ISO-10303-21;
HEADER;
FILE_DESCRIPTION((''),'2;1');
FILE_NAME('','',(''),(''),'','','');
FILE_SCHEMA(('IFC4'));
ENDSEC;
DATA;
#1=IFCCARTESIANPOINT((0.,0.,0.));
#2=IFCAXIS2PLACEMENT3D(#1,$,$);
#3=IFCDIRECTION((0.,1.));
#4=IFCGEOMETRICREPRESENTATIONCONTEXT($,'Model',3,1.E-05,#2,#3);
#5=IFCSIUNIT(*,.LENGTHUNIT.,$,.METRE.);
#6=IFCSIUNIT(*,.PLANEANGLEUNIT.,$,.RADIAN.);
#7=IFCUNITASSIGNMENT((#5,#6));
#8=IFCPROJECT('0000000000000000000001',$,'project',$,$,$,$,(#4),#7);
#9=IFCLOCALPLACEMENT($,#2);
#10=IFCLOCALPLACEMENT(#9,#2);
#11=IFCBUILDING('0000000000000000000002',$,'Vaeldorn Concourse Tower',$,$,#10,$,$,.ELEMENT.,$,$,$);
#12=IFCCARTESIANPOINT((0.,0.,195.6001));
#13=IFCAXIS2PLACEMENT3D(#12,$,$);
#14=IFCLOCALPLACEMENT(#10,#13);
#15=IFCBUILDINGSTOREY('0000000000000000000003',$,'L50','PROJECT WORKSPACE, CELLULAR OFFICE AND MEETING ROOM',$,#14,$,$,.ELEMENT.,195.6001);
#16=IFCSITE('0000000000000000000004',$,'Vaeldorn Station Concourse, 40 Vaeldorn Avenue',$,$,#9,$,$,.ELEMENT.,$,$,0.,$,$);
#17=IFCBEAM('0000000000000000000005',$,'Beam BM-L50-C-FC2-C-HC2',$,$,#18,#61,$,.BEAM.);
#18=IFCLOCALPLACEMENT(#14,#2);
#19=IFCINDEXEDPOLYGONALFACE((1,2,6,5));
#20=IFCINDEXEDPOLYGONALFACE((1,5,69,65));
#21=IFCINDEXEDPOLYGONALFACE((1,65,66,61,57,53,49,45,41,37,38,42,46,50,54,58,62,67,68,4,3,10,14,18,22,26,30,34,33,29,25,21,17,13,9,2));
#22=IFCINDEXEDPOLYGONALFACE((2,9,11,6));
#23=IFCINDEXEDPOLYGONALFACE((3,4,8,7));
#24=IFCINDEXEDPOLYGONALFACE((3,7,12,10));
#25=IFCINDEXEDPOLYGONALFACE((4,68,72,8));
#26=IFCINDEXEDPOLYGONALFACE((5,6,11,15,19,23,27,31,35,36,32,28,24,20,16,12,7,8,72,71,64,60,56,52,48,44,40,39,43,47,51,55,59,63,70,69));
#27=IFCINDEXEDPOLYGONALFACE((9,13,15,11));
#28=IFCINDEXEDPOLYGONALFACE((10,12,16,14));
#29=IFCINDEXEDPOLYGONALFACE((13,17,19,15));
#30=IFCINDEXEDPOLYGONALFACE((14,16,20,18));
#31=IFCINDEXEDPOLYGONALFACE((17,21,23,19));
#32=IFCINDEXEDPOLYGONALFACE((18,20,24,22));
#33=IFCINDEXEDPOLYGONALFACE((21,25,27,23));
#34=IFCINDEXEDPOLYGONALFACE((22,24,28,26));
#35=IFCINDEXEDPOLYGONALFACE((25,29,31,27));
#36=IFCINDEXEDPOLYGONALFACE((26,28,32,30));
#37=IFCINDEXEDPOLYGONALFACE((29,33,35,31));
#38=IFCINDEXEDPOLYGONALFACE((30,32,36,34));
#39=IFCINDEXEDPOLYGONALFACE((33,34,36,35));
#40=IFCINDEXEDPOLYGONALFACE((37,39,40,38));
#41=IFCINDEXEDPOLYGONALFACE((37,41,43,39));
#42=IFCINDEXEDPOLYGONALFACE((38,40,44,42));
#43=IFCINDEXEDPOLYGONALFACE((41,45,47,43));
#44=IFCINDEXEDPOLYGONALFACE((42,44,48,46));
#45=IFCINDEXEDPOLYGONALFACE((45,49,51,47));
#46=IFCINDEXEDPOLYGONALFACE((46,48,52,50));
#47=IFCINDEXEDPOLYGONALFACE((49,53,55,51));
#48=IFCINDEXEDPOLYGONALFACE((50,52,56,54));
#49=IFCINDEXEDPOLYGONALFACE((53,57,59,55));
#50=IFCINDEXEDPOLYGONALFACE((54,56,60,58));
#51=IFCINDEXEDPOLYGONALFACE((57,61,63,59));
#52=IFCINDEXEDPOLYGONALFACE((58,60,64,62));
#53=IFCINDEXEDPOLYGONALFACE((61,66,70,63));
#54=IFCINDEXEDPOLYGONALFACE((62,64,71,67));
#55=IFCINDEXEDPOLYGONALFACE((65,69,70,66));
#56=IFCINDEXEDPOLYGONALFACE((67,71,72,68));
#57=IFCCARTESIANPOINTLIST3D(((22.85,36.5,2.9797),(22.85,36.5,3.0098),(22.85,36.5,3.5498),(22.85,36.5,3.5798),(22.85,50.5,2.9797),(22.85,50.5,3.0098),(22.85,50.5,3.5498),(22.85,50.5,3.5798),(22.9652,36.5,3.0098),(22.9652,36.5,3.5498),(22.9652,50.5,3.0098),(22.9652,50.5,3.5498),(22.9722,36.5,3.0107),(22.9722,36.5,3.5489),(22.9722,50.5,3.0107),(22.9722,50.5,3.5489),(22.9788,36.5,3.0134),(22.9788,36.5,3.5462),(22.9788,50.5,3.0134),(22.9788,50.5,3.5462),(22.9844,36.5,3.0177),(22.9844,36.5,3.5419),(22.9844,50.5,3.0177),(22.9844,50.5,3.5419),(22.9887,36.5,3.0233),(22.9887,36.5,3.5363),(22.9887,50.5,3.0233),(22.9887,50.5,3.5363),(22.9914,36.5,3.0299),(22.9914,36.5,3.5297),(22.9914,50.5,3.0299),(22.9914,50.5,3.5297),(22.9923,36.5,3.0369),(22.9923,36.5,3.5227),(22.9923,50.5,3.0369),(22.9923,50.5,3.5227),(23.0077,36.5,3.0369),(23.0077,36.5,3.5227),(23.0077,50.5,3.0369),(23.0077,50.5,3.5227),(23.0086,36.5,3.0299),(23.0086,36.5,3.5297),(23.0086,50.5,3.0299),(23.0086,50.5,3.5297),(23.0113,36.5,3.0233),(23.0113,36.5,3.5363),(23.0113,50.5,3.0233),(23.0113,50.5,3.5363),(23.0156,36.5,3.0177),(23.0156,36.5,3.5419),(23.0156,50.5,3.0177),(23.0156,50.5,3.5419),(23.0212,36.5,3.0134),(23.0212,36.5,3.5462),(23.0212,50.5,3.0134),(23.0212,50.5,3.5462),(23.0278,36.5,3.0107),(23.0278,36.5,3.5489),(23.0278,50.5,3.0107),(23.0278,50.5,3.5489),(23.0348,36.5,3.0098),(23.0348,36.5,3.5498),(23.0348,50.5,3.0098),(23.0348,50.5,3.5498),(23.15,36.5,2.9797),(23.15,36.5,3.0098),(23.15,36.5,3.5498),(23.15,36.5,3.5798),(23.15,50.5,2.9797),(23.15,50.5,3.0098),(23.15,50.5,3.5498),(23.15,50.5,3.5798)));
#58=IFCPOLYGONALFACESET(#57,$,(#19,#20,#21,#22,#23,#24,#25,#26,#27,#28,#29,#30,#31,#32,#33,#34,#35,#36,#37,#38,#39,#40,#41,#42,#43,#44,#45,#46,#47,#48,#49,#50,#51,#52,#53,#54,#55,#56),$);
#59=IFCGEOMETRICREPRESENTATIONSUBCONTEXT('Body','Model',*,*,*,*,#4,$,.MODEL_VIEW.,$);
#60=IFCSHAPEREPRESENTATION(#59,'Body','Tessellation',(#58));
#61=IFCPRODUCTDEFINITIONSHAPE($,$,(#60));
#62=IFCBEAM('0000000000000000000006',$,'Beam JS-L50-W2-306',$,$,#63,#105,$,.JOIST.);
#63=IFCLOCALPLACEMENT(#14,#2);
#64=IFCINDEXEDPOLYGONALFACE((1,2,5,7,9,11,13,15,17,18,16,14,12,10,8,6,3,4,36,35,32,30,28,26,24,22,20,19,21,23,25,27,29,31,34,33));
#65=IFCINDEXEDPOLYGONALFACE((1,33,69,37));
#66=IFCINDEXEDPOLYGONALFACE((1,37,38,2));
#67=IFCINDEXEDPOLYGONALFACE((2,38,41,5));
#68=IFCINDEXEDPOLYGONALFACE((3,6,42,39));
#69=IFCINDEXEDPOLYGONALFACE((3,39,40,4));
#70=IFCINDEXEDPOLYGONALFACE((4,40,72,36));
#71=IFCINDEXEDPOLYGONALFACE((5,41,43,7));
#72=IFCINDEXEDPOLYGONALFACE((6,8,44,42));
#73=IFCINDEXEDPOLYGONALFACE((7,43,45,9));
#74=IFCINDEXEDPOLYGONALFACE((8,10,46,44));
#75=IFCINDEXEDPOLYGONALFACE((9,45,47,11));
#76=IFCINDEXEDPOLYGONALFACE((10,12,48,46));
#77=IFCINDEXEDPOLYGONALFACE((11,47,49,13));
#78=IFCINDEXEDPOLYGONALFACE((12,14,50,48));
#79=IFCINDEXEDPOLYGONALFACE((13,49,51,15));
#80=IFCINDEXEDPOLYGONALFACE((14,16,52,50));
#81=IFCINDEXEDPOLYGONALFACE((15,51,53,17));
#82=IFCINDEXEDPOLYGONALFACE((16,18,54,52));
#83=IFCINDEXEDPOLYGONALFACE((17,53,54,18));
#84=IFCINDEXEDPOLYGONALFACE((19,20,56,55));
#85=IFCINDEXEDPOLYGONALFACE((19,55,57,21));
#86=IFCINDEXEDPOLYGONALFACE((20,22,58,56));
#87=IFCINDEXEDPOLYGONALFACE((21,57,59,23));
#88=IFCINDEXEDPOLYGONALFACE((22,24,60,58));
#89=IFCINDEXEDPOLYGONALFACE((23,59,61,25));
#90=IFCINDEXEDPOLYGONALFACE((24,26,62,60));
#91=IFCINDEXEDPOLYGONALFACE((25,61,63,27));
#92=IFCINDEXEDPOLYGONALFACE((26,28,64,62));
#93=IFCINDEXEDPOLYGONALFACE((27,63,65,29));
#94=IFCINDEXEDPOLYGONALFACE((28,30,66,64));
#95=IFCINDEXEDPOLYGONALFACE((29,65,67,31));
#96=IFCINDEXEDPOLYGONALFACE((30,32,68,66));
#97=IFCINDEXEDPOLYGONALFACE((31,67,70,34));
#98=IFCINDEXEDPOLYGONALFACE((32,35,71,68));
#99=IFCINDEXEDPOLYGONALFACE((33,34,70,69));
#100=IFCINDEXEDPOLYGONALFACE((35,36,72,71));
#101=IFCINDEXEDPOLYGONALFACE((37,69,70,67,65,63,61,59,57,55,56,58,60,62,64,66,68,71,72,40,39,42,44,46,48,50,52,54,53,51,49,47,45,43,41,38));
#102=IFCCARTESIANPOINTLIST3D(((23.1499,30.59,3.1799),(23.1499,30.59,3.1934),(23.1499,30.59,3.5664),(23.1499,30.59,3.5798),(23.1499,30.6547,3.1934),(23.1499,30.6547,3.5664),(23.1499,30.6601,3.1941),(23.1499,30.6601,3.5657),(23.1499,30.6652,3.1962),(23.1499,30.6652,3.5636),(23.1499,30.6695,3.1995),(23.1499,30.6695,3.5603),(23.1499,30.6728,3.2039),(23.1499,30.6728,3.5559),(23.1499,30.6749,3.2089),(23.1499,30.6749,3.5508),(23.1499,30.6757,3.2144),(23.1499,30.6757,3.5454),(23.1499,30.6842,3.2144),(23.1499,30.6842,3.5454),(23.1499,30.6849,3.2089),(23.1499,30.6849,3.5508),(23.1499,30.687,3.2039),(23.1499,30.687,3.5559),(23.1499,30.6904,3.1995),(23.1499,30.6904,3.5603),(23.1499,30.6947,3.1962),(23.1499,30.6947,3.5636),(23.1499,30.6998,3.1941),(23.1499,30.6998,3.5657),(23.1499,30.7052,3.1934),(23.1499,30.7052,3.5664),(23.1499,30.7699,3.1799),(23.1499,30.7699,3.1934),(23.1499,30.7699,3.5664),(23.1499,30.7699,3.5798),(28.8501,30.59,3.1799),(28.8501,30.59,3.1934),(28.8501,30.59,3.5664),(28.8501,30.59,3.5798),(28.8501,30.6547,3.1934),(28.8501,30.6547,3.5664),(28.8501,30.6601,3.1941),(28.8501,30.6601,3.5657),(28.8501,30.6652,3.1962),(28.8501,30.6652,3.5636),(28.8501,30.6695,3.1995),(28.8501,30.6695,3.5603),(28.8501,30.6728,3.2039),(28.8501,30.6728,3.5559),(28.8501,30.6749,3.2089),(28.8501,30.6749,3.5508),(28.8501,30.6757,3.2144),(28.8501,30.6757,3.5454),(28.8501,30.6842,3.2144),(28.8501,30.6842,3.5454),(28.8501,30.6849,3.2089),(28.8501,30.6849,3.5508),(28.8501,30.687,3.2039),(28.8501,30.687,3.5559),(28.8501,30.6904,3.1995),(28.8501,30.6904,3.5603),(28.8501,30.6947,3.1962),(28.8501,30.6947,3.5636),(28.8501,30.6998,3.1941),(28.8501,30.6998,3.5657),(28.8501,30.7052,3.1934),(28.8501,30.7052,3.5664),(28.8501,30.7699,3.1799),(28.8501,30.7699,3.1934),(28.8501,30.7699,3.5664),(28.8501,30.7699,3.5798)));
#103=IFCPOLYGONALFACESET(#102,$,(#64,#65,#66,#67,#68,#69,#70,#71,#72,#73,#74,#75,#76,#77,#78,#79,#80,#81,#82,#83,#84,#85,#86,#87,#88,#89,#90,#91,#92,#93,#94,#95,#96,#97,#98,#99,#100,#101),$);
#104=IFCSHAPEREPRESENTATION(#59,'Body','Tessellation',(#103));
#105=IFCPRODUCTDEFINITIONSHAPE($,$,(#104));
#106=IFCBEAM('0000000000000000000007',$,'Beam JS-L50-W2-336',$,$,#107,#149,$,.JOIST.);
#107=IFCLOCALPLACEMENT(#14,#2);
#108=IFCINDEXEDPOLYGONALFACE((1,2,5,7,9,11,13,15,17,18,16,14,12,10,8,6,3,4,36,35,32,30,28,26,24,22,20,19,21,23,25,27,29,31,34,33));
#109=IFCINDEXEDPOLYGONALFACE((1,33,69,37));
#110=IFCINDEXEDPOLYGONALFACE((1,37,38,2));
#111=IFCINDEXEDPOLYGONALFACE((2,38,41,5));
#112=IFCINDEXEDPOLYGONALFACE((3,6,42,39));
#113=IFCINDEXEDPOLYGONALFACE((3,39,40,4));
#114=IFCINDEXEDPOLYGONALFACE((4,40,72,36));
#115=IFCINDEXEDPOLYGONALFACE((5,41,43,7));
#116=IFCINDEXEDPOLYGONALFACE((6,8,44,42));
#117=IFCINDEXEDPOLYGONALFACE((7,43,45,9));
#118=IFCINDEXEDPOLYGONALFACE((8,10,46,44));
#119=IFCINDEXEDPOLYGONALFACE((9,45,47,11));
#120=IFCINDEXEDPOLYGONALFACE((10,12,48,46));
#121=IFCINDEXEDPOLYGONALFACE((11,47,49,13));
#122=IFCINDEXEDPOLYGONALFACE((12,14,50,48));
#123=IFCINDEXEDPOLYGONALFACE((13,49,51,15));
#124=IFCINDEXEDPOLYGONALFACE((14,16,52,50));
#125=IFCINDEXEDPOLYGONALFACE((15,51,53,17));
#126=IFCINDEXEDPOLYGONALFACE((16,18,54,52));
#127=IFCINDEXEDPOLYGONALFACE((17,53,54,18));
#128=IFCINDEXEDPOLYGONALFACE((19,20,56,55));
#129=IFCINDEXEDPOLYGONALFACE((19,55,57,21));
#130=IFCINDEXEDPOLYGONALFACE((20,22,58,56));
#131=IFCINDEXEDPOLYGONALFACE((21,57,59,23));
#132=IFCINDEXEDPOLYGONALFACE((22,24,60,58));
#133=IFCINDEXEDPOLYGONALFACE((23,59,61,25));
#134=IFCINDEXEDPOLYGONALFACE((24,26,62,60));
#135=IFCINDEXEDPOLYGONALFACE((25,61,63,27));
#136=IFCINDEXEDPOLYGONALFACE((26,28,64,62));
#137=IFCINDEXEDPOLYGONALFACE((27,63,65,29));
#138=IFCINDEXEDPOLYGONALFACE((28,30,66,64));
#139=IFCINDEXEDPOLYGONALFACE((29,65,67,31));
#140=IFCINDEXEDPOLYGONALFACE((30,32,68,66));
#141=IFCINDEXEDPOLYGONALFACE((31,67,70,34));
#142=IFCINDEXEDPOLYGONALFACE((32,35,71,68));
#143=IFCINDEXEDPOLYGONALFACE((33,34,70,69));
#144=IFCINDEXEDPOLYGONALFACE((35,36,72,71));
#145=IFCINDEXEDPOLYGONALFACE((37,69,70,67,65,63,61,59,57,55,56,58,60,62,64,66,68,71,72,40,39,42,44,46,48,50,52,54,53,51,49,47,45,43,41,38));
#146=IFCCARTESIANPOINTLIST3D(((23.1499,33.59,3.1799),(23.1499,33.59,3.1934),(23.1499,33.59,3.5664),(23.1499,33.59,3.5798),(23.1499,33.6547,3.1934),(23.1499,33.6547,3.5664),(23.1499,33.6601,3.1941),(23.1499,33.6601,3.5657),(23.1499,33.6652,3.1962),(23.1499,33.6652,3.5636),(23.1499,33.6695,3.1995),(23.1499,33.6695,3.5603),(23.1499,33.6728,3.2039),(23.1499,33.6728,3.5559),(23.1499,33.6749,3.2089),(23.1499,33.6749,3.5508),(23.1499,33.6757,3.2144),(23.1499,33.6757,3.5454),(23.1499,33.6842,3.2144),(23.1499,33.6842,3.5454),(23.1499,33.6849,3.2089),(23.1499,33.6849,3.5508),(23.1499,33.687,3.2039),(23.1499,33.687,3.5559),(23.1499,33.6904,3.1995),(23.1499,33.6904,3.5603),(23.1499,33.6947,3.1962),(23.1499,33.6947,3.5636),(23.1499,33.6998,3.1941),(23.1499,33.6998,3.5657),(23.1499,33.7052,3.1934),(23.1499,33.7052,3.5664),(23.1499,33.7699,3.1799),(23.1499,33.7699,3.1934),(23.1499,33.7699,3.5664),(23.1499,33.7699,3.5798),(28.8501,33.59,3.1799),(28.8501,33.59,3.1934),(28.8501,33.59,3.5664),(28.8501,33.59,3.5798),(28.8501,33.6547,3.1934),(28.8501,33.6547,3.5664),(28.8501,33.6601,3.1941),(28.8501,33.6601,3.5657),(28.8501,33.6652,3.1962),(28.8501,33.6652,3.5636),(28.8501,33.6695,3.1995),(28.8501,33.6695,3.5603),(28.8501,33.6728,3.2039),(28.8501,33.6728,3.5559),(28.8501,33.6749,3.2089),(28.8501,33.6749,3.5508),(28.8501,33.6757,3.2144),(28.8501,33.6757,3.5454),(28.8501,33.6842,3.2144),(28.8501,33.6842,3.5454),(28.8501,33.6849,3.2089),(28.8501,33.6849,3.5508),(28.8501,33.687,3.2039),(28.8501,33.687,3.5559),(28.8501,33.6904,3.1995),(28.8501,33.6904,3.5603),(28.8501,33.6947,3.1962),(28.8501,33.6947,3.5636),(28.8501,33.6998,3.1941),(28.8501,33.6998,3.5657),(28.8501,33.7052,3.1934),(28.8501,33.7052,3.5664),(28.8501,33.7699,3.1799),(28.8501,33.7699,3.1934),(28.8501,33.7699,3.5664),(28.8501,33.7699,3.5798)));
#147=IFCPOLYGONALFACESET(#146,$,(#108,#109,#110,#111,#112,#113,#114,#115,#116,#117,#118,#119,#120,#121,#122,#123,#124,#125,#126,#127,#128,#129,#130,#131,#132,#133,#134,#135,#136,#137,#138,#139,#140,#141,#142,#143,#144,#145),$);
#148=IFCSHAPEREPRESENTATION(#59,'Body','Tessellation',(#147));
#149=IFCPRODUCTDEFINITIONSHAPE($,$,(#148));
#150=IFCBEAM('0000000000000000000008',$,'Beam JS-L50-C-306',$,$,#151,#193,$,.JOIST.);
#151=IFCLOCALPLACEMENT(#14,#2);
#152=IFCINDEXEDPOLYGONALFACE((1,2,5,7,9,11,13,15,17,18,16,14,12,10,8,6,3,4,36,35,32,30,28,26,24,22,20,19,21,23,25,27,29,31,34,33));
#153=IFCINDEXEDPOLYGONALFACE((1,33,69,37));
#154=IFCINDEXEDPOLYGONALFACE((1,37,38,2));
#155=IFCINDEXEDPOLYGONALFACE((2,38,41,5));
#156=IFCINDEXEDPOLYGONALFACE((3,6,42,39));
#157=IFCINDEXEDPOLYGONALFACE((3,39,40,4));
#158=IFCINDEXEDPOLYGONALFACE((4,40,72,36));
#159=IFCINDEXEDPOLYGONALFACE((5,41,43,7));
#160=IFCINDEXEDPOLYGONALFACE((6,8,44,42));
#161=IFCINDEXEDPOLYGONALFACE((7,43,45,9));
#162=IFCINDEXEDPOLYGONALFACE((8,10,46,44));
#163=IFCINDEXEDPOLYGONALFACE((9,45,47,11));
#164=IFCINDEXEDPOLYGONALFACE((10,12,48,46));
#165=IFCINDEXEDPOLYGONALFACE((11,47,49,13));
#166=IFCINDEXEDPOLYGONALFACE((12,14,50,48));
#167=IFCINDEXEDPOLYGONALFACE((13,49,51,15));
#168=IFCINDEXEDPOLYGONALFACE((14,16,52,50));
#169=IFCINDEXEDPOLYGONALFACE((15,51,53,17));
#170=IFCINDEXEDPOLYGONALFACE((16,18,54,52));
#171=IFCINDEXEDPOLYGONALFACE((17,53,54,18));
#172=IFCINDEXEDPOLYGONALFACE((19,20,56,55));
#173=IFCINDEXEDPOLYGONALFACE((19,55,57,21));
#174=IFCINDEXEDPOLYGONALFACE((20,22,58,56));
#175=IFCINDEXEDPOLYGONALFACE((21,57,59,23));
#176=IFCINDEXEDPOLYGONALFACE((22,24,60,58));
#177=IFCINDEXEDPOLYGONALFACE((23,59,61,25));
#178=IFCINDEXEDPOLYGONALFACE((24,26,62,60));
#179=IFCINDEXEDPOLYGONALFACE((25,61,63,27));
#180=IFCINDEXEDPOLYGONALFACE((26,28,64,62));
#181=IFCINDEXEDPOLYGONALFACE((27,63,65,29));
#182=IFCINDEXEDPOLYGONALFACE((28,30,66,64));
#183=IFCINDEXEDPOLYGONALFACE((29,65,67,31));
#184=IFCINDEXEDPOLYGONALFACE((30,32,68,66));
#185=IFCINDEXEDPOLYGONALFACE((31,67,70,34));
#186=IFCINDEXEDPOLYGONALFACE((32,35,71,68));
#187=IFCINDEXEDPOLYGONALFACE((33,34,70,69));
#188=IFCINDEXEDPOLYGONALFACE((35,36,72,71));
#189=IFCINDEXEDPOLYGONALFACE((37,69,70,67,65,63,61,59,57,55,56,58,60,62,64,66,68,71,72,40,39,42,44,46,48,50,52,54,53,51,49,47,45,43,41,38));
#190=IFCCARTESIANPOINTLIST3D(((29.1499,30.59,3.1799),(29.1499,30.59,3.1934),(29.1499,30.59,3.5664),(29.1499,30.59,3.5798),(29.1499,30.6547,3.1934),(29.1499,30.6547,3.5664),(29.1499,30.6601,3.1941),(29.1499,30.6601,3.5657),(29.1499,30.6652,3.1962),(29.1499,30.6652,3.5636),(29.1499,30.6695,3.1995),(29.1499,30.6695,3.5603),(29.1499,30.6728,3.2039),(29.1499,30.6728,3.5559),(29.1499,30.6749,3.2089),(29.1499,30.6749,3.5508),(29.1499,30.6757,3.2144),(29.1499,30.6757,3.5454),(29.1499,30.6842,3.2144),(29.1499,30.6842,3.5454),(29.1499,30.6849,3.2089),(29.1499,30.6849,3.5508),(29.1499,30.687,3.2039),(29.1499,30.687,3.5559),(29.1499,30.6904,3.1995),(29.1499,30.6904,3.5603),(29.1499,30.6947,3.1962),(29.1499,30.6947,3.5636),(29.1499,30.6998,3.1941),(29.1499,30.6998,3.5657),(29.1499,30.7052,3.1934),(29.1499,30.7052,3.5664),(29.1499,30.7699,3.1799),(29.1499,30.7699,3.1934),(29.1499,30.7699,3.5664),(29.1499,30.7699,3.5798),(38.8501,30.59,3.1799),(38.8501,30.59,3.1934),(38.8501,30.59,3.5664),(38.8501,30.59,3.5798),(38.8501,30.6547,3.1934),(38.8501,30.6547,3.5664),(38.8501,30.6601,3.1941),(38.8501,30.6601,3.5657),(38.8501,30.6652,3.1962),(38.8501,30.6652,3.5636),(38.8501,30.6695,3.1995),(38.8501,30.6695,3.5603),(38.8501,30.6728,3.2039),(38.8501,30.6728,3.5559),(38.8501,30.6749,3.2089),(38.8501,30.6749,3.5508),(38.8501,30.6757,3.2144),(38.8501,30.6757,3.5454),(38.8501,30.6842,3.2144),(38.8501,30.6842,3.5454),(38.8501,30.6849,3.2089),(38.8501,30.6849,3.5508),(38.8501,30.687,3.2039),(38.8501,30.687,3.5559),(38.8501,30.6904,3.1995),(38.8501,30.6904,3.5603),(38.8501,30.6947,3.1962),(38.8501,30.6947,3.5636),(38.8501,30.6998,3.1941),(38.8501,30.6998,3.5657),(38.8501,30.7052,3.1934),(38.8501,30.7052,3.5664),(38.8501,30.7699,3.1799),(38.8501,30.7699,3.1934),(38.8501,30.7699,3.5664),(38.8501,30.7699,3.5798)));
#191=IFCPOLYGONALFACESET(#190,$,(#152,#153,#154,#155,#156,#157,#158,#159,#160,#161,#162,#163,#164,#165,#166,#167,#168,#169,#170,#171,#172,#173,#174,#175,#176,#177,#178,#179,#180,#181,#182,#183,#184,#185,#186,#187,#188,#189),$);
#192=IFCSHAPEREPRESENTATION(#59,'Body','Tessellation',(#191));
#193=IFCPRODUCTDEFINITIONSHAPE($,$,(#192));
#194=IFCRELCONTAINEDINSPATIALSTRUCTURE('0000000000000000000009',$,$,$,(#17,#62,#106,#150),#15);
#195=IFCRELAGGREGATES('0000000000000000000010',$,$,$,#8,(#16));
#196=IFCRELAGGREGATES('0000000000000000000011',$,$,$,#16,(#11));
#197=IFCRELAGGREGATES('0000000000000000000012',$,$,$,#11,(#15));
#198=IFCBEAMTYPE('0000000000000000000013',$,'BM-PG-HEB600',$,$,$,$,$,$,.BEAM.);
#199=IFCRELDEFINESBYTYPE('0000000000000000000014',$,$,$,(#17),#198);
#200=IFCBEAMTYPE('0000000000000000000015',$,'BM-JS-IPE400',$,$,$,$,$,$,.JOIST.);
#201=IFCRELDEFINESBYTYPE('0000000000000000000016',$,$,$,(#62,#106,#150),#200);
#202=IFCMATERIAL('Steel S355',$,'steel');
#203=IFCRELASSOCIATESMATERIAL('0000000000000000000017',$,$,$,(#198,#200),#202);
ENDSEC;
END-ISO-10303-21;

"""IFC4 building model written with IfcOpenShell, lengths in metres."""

from ifc_helpers import new_model, si_unit, direction, frame, origin, origin_2d, place, context, subcontext, project, spatial, i_section, extrude, source, transform, mapped, material, material_profile, profile_set, type_object, element, save


model = new_model("IFC4")

# Units and contexts
model_context = context("Model", 3, precision=1e-05, world=origin(), true_north=direction((0.0, 1.0)))
body_context = subcontext(model_context, "Body", "Model", "MODEL_VIEW")
ifc_project = project(units=[si_unit("LENGTHUNIT", "METRE"), si_unit("PLANEANGLEUNIT", "RADIAN")], contexts=[model_context])

# Site, building, storey
site_placement = place(None, origin())
site = spatial("IfcSite", under=ifc_project, at=site_placement, Name="Vaeldorn Station Concourse, 40 Vaeldorn Avenue", CompositionType="ELEMENT", RefElevation=0.0)
building_placement = place(site_placement, origin())
building = spatial("IfcBuilding", under=site, at=building_placement, Name="Vaeldorn Concourse Tower", CompositionType="ELEMENT")
storey_placement = place(building_placement, frame((0.0, 0.0, 195.6001)))
storey = spatial("IfcBuildingStorey", under=building, at=storey_placement, Name="L50", Description="PROJECT WORKSPACE, CELLULAR OFFICE AND MEETING ROOM", CompositionType="ELEMENT", Elevation=195.6001)

# Shared definitions
ifc_material_1 = material(Name="Steel S355", Category="steel")

# Beams
ifc_material_profile_1 = material_profile(ifc_material_1, i_section(OverallWidth=0.3, OverallDepth=0.6001, WebThickness=0.0154, FlangeThickness=0.03, FilletRadius=0.0271, at=origin_2d()), Name="HEB 600")
ifc_profile_set_1 = profile_set([ifc_material_profile_1], Name="Steel S355")
beam_type_1 = type_object("IfcBeamType", Name="BM-PG-HEB600", PredefinedType="BEAM", material=ifc_profile_set_1)
shared_shape_1 = source(origin(), body_context, "Body", "SweptSolid", [
    extrude(i_section(OverallWidth=0.3, OverallDepth=0.6001, WebThickness=0.0154, FlangeThickness=0.03, FilletRadius=0.0271, at=origin_2d()), origin(), (0.0, 0.0, 1.0), 14.0),
])
for number, where, z_axis, x_axis, name in (
    (1, (23.0, 36.5, 3.2798), (0.0, 1.0, 0.0), (-1.0, 0.0, 0.0), "Beam BM-L50-C-FC2-C-HC2"),
):
    element("IfcBeam", number, at=place(storey_placement, frame(where, z_axis=z_axis, x_axis=x_axis)), inside=storey, type_object=beam_type_1, Name=name, PredefinedType="BEAM", context=body_context, shape_type="MappedRepresentation", body=[
        mapped(shared_shape_1, transform((0.0, 0.0, 0.0), scale=1.0)),
    ])
ifc_material_profile_2 = material_profile(ifc_material_1, i_section(OverallWidth=0.1799, OverallDepth=0.3999, WebThickness=0.0085, FlangeThickness=0.0134, FilletRadius=0.021, at=origin_2d()), Name="IPE 400")
ifc_profile_set_2 = profile_set([ifc_material_profile_2], Name="Steel S355")
beam_type_2 = type_object("IfcBeamType", Name="BM-JS-IPE400", PredefinedType="JOIST", material=ifc_profile_set_2)
shared_shape_2 = source(origin(), body_context, "Body", "SweptSolid", [
    extrude(i_section(OverallWidth=0.1799, OverallDepth=0.3999, WebThickness=0.0085, FlangeThickness=0.0134, FilletRadius=0.021, at=origin_2d()), origin(), (0.0, 0.0, 1.0), 5.7002),
])
for number, where, z_axis, x_axis, name in (
    (2, (23.1499, 30.6799, 3.3799), (1.0, 0.0, 0.0), (0.0, 1.0, 0.0), "Beam JS-L50-W2-306"),
    (3, (23.1499, 33.6799, 3.3799), (1.0, 0.0, 0.0), (0.0, 1.0, 0.0), "Beam JS-L50-W2-336"),
):
    element("IfcBeam", number, at=place(storey_placement, frame(where, z_axis=z_axis, x_axis=x_axis)), inside=storey, type_object=beam_type_2, Name=name, PredefinedType="JOIST", context=body_context, shape_type="MappedRepresentation", body=[
        mapped(shared_shape_2, transform((0.0, 0.0, 0.0), scale=1.0)),
    ])
shared_shape_3 = source(origin(), body_context, "Body", "SweptSolid", [
    extrude(i_section(OverallWidth=0.1799, OverallDepth=0.3999, WebThickness=0.0085, FlangeThickness=0.0134, FilletRadius=0.021, at=origin_2d()), origin(), (0.0, 0.0, 1.0), 9.7002),
])
for number, where, z_axis, x_axis, name in (
    (4, (29.1499, 30.6799, 3.3799), (1.0, 0.0, 0.0), (0.0, 1.0, 0.0), "Beam JS-L50-C-306"),
):
    element("IfcBeam", number, at=place(storey_placement, frame(where, z_axis=z_axis, x_axis=x_axis)), inside=storey, type_object=beam_type_2, Name=name, PredefinedType="JOIST", context=body_context, shape_type="MappedRepresentation", body=[
        mapped(shared_shape_3, transform((0.0, 0.0, 0.0), scale=1.0)),
    ])

save(model, "model.ifc")
